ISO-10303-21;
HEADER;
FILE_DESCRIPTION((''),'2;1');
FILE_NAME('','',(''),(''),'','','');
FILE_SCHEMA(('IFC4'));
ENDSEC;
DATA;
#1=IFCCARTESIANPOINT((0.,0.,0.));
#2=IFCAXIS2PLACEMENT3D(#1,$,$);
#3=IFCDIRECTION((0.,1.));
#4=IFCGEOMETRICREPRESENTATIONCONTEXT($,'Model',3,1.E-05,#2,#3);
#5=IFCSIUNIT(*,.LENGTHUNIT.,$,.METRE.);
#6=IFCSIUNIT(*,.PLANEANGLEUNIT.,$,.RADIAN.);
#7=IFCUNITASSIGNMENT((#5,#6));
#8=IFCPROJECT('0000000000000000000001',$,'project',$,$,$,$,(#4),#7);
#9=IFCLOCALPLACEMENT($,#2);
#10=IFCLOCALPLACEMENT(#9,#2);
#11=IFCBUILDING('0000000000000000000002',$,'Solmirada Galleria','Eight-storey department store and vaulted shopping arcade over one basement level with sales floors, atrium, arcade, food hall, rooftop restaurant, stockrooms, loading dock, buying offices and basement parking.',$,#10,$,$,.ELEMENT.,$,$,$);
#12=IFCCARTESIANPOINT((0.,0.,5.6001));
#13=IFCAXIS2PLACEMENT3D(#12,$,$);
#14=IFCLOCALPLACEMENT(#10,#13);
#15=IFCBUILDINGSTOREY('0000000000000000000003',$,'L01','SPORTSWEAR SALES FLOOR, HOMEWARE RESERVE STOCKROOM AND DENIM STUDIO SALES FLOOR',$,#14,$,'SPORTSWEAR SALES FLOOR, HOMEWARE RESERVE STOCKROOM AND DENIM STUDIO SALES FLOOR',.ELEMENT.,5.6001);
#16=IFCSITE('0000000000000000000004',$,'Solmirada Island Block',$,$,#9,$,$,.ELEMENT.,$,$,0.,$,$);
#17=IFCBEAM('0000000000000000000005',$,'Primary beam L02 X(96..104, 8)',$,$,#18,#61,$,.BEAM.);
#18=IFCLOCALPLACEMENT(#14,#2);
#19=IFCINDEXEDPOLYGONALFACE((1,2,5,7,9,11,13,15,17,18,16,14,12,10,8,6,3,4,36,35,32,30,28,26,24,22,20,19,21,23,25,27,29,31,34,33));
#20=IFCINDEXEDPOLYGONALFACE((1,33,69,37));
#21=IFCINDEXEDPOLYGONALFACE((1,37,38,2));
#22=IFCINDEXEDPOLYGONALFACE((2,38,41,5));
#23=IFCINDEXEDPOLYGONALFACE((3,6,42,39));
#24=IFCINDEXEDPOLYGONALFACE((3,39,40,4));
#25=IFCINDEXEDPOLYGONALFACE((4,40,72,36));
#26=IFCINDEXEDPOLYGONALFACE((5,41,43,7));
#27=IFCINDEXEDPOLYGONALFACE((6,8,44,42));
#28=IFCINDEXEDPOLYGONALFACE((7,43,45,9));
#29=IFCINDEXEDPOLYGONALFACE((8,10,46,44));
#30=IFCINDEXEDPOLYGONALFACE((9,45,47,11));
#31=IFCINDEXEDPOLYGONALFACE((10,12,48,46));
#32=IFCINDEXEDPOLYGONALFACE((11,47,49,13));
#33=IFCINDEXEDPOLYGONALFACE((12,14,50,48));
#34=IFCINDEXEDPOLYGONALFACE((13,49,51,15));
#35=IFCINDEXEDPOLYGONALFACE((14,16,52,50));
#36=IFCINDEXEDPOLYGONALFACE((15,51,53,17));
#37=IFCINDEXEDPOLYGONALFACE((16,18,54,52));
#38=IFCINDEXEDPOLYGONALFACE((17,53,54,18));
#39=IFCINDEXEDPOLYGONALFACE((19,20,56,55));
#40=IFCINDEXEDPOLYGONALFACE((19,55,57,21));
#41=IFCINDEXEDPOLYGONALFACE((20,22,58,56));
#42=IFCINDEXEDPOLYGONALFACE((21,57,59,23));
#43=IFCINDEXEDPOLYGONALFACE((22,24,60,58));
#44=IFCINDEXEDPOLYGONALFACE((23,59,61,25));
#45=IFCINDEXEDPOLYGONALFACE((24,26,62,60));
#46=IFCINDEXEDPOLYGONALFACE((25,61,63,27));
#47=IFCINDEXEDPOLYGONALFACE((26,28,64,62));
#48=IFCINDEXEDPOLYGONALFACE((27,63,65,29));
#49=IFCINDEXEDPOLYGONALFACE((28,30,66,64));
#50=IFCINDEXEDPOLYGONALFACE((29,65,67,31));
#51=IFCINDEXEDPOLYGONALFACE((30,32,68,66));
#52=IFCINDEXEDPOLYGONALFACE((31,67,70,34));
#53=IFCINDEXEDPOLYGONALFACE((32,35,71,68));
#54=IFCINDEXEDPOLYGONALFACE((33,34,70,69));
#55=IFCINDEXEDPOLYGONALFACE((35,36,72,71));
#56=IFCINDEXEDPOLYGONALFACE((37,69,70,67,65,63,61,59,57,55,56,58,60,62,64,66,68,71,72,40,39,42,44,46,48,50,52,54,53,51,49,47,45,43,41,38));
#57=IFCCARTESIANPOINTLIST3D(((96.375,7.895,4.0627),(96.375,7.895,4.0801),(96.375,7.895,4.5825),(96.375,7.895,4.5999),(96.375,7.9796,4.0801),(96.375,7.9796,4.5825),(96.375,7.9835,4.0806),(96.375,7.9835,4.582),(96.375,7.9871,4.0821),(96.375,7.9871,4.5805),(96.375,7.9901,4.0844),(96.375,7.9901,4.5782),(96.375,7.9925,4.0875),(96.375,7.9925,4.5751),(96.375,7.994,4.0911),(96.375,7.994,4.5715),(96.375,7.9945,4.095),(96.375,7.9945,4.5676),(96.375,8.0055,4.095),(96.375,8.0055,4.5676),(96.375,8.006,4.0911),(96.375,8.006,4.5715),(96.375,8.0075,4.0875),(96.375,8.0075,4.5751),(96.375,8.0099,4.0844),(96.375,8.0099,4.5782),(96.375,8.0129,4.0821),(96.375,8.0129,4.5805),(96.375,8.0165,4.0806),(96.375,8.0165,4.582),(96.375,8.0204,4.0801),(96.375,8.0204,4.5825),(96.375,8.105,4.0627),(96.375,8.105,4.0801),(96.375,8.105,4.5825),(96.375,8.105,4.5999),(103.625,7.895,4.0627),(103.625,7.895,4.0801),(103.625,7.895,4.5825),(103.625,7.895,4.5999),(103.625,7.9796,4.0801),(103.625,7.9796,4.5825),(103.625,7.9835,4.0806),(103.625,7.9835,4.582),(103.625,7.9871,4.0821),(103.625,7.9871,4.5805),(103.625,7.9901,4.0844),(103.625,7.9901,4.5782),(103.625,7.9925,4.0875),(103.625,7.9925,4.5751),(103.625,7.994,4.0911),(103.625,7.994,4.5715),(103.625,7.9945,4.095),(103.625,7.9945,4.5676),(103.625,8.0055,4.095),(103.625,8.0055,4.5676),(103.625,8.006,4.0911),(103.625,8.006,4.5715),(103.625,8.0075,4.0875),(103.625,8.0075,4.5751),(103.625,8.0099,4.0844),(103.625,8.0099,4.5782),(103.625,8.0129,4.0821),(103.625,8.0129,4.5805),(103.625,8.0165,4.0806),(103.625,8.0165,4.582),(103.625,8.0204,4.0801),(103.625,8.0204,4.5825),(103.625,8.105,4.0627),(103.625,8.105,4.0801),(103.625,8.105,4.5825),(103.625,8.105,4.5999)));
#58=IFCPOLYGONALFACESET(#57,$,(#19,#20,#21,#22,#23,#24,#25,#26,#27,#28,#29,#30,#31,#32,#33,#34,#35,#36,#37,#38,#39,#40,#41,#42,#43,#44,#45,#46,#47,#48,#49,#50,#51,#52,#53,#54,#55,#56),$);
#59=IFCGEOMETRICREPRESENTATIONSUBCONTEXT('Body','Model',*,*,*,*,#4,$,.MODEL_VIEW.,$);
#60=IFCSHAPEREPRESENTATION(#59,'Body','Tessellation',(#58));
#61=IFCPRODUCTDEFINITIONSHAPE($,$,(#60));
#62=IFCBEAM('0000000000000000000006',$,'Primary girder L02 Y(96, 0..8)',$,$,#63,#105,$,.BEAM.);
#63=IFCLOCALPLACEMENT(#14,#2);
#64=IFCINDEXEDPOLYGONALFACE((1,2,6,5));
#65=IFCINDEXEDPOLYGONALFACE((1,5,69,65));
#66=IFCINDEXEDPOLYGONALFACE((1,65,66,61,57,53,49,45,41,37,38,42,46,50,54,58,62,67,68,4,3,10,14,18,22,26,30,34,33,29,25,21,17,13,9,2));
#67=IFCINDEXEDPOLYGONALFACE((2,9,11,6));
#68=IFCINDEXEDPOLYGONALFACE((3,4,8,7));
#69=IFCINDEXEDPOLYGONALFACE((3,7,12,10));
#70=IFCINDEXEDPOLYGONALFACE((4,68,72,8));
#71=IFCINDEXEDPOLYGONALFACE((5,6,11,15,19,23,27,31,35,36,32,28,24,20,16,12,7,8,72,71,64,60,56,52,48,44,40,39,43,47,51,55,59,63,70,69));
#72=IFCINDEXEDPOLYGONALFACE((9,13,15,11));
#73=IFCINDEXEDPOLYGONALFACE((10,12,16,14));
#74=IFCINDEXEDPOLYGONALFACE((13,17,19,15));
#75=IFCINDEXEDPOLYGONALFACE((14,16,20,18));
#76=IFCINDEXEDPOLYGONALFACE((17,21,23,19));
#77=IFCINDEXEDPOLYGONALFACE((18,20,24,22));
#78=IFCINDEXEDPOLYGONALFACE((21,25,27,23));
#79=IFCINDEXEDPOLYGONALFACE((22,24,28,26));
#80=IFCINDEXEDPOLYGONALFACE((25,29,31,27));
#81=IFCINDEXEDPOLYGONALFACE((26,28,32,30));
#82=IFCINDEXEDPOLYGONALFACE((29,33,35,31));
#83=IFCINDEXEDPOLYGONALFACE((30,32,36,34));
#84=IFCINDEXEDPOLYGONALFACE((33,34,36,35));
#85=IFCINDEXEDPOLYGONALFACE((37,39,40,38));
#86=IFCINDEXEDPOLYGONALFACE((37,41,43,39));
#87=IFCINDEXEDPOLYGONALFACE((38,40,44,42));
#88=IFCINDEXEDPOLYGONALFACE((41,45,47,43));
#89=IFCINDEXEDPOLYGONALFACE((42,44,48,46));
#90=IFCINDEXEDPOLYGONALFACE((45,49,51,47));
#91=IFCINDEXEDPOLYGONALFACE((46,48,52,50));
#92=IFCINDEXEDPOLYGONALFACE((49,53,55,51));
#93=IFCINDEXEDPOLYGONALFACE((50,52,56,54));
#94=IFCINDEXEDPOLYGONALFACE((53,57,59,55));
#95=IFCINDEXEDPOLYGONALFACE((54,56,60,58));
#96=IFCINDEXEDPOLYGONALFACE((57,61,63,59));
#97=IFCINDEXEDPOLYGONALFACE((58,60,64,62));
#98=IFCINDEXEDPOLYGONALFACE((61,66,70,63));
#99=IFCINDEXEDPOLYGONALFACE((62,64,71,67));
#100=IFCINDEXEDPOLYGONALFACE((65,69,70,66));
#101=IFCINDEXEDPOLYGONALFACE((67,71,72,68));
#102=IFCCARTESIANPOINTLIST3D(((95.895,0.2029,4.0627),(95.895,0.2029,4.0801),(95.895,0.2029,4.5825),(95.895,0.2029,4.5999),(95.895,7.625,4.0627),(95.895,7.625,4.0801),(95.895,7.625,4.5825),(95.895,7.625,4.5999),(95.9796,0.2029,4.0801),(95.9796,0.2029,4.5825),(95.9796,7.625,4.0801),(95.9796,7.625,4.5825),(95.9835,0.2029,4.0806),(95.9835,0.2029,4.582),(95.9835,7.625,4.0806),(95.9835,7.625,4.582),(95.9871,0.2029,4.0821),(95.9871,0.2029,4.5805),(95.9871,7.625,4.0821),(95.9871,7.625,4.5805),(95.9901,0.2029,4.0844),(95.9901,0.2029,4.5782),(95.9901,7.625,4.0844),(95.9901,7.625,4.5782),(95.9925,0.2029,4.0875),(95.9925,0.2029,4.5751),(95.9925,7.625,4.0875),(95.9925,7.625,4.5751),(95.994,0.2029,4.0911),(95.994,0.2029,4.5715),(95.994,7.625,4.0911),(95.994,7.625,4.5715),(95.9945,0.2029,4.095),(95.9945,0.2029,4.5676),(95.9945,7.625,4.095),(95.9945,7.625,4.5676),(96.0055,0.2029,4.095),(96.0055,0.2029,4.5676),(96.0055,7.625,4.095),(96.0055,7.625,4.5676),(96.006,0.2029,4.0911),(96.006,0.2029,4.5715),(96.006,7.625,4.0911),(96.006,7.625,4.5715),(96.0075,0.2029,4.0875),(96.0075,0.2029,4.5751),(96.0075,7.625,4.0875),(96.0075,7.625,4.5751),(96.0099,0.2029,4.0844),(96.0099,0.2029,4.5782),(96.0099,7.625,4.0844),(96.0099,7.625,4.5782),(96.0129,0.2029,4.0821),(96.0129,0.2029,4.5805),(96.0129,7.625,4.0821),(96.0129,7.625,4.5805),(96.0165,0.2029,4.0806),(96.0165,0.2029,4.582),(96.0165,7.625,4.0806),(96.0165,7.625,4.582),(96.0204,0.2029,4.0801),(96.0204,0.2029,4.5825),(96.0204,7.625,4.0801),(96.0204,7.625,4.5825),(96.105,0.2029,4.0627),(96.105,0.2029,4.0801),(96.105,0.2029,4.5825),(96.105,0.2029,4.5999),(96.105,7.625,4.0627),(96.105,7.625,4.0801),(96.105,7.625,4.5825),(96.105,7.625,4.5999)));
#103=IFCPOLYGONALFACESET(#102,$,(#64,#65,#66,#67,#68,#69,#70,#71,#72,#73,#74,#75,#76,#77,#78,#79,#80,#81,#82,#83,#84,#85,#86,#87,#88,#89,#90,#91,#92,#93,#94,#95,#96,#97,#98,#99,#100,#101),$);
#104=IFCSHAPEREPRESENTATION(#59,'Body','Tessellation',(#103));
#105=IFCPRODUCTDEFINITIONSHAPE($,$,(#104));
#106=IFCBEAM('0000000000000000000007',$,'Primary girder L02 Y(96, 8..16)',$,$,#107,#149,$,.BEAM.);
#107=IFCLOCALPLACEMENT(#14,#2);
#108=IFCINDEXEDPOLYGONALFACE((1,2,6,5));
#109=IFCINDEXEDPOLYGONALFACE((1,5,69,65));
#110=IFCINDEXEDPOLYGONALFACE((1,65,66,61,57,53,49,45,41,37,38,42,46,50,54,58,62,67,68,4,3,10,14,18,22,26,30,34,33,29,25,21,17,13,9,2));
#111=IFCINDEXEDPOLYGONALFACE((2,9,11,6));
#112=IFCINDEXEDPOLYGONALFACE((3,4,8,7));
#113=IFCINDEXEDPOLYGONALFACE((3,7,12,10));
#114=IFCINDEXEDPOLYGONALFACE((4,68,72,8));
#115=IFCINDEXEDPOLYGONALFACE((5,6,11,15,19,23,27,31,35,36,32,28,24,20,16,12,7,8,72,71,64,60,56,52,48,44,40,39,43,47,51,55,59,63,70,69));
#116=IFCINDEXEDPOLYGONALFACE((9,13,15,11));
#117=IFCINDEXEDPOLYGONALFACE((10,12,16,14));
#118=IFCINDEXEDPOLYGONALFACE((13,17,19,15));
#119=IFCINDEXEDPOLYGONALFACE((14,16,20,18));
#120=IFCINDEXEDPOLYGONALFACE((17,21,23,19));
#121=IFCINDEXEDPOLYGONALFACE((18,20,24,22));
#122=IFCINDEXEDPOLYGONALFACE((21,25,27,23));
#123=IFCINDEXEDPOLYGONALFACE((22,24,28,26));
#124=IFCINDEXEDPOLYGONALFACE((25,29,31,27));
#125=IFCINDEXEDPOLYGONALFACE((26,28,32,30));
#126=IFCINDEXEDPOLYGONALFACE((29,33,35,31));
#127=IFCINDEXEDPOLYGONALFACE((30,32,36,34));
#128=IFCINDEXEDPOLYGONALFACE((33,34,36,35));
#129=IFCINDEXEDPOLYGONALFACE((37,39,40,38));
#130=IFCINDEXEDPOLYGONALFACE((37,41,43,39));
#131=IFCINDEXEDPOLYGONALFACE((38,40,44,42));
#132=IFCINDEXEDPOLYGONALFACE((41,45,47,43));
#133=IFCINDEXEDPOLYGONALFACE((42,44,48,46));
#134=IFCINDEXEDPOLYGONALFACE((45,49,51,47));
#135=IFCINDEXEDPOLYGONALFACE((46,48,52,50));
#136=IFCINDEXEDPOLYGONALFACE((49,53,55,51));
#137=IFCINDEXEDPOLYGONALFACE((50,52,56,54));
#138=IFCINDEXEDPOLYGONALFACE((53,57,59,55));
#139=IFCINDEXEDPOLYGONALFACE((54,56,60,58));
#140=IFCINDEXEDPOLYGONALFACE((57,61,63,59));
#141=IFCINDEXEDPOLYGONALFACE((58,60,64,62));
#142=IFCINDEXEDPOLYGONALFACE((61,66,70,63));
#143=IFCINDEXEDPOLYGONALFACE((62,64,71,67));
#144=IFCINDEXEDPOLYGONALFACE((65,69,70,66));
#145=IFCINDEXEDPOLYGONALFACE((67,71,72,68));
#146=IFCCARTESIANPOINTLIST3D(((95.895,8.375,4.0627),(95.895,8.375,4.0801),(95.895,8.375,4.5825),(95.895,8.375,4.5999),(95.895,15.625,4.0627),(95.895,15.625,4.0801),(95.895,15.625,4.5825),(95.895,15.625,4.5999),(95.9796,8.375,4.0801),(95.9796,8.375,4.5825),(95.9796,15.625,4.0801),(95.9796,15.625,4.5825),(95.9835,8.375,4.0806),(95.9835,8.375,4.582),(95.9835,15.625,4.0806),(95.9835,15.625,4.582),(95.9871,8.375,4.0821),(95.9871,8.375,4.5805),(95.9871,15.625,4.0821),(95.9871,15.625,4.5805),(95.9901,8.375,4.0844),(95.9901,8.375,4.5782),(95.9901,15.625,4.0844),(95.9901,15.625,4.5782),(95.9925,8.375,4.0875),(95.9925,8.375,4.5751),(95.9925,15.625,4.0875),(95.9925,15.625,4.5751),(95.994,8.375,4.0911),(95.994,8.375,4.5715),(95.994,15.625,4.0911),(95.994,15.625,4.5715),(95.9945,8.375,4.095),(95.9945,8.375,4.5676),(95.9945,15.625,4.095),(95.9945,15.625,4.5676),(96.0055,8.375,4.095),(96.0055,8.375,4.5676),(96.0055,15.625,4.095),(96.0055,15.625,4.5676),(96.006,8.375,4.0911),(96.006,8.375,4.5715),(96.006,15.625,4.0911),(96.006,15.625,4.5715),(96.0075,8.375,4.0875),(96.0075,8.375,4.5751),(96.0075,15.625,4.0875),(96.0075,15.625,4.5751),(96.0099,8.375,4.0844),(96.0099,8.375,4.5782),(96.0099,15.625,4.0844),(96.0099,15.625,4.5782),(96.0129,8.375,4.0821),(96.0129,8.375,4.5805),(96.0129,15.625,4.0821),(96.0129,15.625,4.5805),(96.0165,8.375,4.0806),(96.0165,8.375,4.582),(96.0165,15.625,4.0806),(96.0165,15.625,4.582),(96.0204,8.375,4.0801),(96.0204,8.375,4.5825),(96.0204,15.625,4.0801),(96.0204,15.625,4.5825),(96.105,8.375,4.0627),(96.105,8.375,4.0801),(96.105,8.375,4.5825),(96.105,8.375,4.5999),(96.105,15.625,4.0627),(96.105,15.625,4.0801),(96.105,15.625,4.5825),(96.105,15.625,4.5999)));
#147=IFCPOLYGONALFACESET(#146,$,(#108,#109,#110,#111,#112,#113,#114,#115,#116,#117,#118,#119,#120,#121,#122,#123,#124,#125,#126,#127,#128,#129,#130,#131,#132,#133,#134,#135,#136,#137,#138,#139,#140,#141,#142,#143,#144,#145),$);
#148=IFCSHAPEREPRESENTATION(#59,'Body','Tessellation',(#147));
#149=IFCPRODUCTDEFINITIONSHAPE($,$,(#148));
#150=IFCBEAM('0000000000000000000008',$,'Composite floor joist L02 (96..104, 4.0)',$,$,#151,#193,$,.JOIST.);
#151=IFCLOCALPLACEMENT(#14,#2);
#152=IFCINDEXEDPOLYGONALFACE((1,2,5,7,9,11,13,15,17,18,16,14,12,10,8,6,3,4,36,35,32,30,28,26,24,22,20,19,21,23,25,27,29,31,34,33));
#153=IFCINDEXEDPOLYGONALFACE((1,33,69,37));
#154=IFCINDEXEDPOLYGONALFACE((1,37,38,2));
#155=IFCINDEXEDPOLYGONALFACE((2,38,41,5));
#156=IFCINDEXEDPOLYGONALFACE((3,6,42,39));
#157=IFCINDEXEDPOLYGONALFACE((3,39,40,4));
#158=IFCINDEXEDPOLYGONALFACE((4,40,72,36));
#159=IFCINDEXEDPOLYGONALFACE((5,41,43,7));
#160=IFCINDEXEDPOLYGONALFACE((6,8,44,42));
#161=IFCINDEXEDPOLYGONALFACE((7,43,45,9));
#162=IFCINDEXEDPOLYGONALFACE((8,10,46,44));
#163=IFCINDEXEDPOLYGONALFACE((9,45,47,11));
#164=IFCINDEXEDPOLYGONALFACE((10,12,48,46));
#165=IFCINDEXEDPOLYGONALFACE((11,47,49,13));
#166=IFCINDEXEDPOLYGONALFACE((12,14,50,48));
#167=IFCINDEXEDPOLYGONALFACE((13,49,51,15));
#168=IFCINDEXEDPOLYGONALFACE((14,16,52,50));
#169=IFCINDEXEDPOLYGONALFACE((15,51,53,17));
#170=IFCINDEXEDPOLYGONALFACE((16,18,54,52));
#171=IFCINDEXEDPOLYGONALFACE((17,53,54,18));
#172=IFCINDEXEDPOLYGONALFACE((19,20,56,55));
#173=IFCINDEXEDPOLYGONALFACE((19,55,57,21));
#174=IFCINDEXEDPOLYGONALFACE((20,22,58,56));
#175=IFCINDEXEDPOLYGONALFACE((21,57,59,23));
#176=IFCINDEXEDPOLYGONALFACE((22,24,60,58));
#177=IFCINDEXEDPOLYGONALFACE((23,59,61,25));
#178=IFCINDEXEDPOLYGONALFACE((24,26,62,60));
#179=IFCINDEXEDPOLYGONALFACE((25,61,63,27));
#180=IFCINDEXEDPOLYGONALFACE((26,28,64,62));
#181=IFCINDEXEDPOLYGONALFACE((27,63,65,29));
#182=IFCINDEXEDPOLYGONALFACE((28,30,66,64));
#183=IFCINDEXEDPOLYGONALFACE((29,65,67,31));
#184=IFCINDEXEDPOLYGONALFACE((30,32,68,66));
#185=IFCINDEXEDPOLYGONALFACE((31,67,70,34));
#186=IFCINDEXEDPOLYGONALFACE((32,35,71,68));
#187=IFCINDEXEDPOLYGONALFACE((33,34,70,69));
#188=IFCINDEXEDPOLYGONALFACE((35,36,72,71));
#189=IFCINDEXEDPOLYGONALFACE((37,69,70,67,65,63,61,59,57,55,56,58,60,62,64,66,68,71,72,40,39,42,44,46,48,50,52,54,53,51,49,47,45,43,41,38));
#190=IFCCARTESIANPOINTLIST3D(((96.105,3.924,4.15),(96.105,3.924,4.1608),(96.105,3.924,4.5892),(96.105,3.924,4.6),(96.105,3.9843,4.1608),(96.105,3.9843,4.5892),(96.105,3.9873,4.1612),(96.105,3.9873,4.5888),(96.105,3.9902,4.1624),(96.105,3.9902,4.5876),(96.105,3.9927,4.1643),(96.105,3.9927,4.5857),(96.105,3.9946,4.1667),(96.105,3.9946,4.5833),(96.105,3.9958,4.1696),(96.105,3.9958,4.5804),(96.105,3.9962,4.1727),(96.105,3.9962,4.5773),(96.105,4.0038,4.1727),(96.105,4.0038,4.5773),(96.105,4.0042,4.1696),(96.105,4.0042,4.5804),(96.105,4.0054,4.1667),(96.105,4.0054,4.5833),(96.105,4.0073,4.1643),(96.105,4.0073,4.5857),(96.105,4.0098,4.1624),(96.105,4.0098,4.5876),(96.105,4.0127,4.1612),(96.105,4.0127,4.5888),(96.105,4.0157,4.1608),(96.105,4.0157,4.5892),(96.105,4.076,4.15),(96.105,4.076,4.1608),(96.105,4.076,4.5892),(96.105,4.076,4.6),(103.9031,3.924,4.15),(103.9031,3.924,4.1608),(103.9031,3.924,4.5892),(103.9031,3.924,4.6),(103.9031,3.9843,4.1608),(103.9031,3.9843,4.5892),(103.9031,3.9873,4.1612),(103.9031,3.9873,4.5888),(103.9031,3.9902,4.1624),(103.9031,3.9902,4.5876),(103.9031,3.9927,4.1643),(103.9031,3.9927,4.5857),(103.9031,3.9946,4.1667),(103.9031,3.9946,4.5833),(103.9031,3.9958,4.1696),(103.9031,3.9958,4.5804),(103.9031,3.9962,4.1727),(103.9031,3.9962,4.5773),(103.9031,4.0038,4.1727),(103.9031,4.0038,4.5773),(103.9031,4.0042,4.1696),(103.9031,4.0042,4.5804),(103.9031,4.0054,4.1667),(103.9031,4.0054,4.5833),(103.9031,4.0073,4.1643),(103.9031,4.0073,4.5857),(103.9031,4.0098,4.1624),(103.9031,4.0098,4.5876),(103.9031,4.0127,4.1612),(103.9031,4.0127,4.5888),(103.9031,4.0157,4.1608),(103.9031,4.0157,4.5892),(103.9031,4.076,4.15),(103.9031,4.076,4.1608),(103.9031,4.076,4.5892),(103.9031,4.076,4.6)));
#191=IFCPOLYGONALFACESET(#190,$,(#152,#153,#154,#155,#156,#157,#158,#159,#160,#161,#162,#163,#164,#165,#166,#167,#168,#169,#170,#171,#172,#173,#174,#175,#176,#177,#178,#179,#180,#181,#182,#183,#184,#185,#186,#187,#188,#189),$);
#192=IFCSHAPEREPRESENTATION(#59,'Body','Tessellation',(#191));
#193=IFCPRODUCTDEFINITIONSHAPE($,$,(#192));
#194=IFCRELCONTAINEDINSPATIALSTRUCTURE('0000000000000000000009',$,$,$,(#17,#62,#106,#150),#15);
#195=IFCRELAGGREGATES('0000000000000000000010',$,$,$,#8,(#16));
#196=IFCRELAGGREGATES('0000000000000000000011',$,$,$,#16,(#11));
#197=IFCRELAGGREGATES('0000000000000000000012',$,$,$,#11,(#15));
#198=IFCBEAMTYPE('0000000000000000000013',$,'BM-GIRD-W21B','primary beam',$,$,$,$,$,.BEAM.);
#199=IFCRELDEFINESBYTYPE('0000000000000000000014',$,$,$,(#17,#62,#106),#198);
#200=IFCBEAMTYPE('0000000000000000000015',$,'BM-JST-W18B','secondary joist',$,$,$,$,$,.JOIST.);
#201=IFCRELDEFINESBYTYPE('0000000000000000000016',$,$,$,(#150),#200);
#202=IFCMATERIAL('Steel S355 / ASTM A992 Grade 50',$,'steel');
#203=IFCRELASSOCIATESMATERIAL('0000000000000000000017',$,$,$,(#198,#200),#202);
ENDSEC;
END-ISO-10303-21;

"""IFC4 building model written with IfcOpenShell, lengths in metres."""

from ifc_helpers import new_model, si_unit, direction, frame, origin, origin_2d, place, context, subcontext, project, spatial, i_section, extrude, material, material_profile, profile_set, type_object, element, save


model = new_model("IFC4")

# Units and contexts
model_context = context("Model", 3, precision=1e-05, world=origin(), true_north=direction((0.0, 1.0)))
body_context = subcontext(model_context, "Body", "Model", "MODEL_VIEW")
ifc_project = project(units=[si_unit("LENGTHUNIT", "METRE"), si_unit("PLANEANGLEUNIT", "RADIAN")], contexts=[model_context])

# Site, building, storey
site_placement = place(None, origin())
site = spatial("IfcSite", under=ifc_project, at=site_placement, Name="Solmirada Island Block", CompositionType="ELEMENT", RefElevation=0.0)
building_placement = place(site_placement, origin())
building = spatial("IfcBuilding", under=site, at=building_placement, Name="Solmirada Galleria", Description="Eight-storey department store and vaulted shopping arcade over one basement level with sales floors, atrium, arcade, food hall, rooftop restaurant, stockrooms, loading dock, buying offices and basement parking.", CompositionType="ELEMENT")
storey_placement = place(building_placement, frame((0.0, 0.0, 5.6001)))
storey = spatial("IfcBuildingStorey", under=building, at=storey_placement, Name="L01", Description="SPORTSWEAR SALES FLOOR, HOMEWARE RESERVE STOCKROOM AND DENIM STUDIO SALES FLOOR", LongName="SPORTSWEAR SALES FLOOR, HOMEWARE RESERVE STOCKROOM AND DENIM STUDIO SALES FLOOR", CompositionType="ELEMENT", Elevation=5.6001)

# Beams
ifc_material_1 = material(Name="Steel S355 / ASTM A992 Grade 50", Category="steel")
ifc_material_profile_1 = material_profile(ifc_material_1, i_section(OverallWidth=0.21, OverallDepth=0.5371, WebThickness=0.011, FlangeThickness=0.0173, FilletRadius=0.0149, at=origin_2d()), Name="W21X68")
ifc_profile_set_1 = profile_set([ifc_material_profile_1], Name="Steel S355 / ASTM A992 Grade 50")
beam_type_1 = type_object("IfcBeamType", Name="BM-GIRD-W21B", Description="primary beam", PredefinedType="BEAM", material=ifc_profile_set_1)
beam_1_placement = place(storey_placement, frame((96.375, 8.0, 4.3313), z_axis=(1.0, 0.0, 0.0), x_axis=(0.0, 1.0, 0.0)))
element("IfcBeam", 1, at=beam_1_placement, inside=storey, type_object=beam_type_1, Name="Primary beam L02 X(96..104, 8)", PredefinedType="BEAM", context=body_context, shape_type="SweptSolid", body=[
    extrude(i_section(OverallWidth=0.21, OverallDepth=0.5371, WebThickness=0.011, FlangeThickness=0.0173, FilletRadius=0.0149, at=origin_2d()), origin(), (0.0, 0.0, 1.0), 7.25),
])
beam_2_placement = place(storey_placement, frame((96.0, 0.2029, 4.3313), z_axis=(0.0, 1.0, 0.0), x_axis=(-1.0, 0.0, 0.0)))
element("IfcBeam", 2, at=beam_2_placement, inside=storey, type_object=beam_type_1, Name="Primary girder L02 Y(96, 0..8)", PredefinedType="BEAM", context=body_context, shape_type="SweptSolid", body=[
    extrude(i_section(OverallWidth=0.21, OverallDepth=0.5371, WebThickness=0.011, FlangeThickness=0.0173, FilletRadius=0.0149, at=origin_2d()), origin(), (0.0, 0.0, 1.0), 7.4221),
])
beam_3_placement = place(storey_placement, frame((96.0, 8.375, 4.3313), z_axis=(0.0, 1.0, 0.0), x_axis=(-1.0, 0.0, 0.0)))
element("IfcBeam", 3, at=beam_3_placement, inside=storey, type_object=beam_type_1, Name="Primary girder L02 Y(96, 8..16)", PredefinedType="BEAM", context=body_context, shape_type="SweptSolid", body=[
    extrude(i_section(OverallWidth=0.21, OverallDepth=0.5371, WebThickness=0.011, FlangeThickness=0.0173, FilletRadius=0.0149, at=origin_2d()), origin(), (0.0, 0.0, 1.0), 7.25),
])
ifc_material_profile_2 = material_profile(ifc_material_1, i_section(OverallWidth=0.1521, OverallDepth=0.45, WebThickness=0.0076, FlangeThickness=0.0107, FilletRadius=0.012, at=origin_2d()), Name="W18X35")
ifc_profile_set_2 = profile_set([ifc_material_profile_2], Name="Steel S355 / ASTM A992 Grade 50")
beam_type_2 = type_object("IfcBeamType", Name="BM-JST-W18B", Description="secondary joist", PredefinedType="JOIST", material=ifc_profile_set_2)
beam_4_placement = place(storey_placement, frame((96.105, 4.0, 4.375), z_axis=(1.0, 0.0, 0.0), x_axis=(0.0, 1.0, 0.0)))
element("IfcBeam", 4, at=beam_4_placement, inside=storey, type_object=beam_type_2, Name="Composite floor joist L02 (96..104, 4.0)", PredefinedType="JOIST", context=body_context, shape_type="SweptSolid", body=[
    extrude(i_section(OverallWidth=0.1521, OverallDepth=0.45, WebThickness=0.0076, FlangeThickness=0.0107, FilletRadius=0.012, at=origin_2d()), origin(), (0.0, 0.0, 1.0), 7.7981),
])

save(model, "model.ifc")
